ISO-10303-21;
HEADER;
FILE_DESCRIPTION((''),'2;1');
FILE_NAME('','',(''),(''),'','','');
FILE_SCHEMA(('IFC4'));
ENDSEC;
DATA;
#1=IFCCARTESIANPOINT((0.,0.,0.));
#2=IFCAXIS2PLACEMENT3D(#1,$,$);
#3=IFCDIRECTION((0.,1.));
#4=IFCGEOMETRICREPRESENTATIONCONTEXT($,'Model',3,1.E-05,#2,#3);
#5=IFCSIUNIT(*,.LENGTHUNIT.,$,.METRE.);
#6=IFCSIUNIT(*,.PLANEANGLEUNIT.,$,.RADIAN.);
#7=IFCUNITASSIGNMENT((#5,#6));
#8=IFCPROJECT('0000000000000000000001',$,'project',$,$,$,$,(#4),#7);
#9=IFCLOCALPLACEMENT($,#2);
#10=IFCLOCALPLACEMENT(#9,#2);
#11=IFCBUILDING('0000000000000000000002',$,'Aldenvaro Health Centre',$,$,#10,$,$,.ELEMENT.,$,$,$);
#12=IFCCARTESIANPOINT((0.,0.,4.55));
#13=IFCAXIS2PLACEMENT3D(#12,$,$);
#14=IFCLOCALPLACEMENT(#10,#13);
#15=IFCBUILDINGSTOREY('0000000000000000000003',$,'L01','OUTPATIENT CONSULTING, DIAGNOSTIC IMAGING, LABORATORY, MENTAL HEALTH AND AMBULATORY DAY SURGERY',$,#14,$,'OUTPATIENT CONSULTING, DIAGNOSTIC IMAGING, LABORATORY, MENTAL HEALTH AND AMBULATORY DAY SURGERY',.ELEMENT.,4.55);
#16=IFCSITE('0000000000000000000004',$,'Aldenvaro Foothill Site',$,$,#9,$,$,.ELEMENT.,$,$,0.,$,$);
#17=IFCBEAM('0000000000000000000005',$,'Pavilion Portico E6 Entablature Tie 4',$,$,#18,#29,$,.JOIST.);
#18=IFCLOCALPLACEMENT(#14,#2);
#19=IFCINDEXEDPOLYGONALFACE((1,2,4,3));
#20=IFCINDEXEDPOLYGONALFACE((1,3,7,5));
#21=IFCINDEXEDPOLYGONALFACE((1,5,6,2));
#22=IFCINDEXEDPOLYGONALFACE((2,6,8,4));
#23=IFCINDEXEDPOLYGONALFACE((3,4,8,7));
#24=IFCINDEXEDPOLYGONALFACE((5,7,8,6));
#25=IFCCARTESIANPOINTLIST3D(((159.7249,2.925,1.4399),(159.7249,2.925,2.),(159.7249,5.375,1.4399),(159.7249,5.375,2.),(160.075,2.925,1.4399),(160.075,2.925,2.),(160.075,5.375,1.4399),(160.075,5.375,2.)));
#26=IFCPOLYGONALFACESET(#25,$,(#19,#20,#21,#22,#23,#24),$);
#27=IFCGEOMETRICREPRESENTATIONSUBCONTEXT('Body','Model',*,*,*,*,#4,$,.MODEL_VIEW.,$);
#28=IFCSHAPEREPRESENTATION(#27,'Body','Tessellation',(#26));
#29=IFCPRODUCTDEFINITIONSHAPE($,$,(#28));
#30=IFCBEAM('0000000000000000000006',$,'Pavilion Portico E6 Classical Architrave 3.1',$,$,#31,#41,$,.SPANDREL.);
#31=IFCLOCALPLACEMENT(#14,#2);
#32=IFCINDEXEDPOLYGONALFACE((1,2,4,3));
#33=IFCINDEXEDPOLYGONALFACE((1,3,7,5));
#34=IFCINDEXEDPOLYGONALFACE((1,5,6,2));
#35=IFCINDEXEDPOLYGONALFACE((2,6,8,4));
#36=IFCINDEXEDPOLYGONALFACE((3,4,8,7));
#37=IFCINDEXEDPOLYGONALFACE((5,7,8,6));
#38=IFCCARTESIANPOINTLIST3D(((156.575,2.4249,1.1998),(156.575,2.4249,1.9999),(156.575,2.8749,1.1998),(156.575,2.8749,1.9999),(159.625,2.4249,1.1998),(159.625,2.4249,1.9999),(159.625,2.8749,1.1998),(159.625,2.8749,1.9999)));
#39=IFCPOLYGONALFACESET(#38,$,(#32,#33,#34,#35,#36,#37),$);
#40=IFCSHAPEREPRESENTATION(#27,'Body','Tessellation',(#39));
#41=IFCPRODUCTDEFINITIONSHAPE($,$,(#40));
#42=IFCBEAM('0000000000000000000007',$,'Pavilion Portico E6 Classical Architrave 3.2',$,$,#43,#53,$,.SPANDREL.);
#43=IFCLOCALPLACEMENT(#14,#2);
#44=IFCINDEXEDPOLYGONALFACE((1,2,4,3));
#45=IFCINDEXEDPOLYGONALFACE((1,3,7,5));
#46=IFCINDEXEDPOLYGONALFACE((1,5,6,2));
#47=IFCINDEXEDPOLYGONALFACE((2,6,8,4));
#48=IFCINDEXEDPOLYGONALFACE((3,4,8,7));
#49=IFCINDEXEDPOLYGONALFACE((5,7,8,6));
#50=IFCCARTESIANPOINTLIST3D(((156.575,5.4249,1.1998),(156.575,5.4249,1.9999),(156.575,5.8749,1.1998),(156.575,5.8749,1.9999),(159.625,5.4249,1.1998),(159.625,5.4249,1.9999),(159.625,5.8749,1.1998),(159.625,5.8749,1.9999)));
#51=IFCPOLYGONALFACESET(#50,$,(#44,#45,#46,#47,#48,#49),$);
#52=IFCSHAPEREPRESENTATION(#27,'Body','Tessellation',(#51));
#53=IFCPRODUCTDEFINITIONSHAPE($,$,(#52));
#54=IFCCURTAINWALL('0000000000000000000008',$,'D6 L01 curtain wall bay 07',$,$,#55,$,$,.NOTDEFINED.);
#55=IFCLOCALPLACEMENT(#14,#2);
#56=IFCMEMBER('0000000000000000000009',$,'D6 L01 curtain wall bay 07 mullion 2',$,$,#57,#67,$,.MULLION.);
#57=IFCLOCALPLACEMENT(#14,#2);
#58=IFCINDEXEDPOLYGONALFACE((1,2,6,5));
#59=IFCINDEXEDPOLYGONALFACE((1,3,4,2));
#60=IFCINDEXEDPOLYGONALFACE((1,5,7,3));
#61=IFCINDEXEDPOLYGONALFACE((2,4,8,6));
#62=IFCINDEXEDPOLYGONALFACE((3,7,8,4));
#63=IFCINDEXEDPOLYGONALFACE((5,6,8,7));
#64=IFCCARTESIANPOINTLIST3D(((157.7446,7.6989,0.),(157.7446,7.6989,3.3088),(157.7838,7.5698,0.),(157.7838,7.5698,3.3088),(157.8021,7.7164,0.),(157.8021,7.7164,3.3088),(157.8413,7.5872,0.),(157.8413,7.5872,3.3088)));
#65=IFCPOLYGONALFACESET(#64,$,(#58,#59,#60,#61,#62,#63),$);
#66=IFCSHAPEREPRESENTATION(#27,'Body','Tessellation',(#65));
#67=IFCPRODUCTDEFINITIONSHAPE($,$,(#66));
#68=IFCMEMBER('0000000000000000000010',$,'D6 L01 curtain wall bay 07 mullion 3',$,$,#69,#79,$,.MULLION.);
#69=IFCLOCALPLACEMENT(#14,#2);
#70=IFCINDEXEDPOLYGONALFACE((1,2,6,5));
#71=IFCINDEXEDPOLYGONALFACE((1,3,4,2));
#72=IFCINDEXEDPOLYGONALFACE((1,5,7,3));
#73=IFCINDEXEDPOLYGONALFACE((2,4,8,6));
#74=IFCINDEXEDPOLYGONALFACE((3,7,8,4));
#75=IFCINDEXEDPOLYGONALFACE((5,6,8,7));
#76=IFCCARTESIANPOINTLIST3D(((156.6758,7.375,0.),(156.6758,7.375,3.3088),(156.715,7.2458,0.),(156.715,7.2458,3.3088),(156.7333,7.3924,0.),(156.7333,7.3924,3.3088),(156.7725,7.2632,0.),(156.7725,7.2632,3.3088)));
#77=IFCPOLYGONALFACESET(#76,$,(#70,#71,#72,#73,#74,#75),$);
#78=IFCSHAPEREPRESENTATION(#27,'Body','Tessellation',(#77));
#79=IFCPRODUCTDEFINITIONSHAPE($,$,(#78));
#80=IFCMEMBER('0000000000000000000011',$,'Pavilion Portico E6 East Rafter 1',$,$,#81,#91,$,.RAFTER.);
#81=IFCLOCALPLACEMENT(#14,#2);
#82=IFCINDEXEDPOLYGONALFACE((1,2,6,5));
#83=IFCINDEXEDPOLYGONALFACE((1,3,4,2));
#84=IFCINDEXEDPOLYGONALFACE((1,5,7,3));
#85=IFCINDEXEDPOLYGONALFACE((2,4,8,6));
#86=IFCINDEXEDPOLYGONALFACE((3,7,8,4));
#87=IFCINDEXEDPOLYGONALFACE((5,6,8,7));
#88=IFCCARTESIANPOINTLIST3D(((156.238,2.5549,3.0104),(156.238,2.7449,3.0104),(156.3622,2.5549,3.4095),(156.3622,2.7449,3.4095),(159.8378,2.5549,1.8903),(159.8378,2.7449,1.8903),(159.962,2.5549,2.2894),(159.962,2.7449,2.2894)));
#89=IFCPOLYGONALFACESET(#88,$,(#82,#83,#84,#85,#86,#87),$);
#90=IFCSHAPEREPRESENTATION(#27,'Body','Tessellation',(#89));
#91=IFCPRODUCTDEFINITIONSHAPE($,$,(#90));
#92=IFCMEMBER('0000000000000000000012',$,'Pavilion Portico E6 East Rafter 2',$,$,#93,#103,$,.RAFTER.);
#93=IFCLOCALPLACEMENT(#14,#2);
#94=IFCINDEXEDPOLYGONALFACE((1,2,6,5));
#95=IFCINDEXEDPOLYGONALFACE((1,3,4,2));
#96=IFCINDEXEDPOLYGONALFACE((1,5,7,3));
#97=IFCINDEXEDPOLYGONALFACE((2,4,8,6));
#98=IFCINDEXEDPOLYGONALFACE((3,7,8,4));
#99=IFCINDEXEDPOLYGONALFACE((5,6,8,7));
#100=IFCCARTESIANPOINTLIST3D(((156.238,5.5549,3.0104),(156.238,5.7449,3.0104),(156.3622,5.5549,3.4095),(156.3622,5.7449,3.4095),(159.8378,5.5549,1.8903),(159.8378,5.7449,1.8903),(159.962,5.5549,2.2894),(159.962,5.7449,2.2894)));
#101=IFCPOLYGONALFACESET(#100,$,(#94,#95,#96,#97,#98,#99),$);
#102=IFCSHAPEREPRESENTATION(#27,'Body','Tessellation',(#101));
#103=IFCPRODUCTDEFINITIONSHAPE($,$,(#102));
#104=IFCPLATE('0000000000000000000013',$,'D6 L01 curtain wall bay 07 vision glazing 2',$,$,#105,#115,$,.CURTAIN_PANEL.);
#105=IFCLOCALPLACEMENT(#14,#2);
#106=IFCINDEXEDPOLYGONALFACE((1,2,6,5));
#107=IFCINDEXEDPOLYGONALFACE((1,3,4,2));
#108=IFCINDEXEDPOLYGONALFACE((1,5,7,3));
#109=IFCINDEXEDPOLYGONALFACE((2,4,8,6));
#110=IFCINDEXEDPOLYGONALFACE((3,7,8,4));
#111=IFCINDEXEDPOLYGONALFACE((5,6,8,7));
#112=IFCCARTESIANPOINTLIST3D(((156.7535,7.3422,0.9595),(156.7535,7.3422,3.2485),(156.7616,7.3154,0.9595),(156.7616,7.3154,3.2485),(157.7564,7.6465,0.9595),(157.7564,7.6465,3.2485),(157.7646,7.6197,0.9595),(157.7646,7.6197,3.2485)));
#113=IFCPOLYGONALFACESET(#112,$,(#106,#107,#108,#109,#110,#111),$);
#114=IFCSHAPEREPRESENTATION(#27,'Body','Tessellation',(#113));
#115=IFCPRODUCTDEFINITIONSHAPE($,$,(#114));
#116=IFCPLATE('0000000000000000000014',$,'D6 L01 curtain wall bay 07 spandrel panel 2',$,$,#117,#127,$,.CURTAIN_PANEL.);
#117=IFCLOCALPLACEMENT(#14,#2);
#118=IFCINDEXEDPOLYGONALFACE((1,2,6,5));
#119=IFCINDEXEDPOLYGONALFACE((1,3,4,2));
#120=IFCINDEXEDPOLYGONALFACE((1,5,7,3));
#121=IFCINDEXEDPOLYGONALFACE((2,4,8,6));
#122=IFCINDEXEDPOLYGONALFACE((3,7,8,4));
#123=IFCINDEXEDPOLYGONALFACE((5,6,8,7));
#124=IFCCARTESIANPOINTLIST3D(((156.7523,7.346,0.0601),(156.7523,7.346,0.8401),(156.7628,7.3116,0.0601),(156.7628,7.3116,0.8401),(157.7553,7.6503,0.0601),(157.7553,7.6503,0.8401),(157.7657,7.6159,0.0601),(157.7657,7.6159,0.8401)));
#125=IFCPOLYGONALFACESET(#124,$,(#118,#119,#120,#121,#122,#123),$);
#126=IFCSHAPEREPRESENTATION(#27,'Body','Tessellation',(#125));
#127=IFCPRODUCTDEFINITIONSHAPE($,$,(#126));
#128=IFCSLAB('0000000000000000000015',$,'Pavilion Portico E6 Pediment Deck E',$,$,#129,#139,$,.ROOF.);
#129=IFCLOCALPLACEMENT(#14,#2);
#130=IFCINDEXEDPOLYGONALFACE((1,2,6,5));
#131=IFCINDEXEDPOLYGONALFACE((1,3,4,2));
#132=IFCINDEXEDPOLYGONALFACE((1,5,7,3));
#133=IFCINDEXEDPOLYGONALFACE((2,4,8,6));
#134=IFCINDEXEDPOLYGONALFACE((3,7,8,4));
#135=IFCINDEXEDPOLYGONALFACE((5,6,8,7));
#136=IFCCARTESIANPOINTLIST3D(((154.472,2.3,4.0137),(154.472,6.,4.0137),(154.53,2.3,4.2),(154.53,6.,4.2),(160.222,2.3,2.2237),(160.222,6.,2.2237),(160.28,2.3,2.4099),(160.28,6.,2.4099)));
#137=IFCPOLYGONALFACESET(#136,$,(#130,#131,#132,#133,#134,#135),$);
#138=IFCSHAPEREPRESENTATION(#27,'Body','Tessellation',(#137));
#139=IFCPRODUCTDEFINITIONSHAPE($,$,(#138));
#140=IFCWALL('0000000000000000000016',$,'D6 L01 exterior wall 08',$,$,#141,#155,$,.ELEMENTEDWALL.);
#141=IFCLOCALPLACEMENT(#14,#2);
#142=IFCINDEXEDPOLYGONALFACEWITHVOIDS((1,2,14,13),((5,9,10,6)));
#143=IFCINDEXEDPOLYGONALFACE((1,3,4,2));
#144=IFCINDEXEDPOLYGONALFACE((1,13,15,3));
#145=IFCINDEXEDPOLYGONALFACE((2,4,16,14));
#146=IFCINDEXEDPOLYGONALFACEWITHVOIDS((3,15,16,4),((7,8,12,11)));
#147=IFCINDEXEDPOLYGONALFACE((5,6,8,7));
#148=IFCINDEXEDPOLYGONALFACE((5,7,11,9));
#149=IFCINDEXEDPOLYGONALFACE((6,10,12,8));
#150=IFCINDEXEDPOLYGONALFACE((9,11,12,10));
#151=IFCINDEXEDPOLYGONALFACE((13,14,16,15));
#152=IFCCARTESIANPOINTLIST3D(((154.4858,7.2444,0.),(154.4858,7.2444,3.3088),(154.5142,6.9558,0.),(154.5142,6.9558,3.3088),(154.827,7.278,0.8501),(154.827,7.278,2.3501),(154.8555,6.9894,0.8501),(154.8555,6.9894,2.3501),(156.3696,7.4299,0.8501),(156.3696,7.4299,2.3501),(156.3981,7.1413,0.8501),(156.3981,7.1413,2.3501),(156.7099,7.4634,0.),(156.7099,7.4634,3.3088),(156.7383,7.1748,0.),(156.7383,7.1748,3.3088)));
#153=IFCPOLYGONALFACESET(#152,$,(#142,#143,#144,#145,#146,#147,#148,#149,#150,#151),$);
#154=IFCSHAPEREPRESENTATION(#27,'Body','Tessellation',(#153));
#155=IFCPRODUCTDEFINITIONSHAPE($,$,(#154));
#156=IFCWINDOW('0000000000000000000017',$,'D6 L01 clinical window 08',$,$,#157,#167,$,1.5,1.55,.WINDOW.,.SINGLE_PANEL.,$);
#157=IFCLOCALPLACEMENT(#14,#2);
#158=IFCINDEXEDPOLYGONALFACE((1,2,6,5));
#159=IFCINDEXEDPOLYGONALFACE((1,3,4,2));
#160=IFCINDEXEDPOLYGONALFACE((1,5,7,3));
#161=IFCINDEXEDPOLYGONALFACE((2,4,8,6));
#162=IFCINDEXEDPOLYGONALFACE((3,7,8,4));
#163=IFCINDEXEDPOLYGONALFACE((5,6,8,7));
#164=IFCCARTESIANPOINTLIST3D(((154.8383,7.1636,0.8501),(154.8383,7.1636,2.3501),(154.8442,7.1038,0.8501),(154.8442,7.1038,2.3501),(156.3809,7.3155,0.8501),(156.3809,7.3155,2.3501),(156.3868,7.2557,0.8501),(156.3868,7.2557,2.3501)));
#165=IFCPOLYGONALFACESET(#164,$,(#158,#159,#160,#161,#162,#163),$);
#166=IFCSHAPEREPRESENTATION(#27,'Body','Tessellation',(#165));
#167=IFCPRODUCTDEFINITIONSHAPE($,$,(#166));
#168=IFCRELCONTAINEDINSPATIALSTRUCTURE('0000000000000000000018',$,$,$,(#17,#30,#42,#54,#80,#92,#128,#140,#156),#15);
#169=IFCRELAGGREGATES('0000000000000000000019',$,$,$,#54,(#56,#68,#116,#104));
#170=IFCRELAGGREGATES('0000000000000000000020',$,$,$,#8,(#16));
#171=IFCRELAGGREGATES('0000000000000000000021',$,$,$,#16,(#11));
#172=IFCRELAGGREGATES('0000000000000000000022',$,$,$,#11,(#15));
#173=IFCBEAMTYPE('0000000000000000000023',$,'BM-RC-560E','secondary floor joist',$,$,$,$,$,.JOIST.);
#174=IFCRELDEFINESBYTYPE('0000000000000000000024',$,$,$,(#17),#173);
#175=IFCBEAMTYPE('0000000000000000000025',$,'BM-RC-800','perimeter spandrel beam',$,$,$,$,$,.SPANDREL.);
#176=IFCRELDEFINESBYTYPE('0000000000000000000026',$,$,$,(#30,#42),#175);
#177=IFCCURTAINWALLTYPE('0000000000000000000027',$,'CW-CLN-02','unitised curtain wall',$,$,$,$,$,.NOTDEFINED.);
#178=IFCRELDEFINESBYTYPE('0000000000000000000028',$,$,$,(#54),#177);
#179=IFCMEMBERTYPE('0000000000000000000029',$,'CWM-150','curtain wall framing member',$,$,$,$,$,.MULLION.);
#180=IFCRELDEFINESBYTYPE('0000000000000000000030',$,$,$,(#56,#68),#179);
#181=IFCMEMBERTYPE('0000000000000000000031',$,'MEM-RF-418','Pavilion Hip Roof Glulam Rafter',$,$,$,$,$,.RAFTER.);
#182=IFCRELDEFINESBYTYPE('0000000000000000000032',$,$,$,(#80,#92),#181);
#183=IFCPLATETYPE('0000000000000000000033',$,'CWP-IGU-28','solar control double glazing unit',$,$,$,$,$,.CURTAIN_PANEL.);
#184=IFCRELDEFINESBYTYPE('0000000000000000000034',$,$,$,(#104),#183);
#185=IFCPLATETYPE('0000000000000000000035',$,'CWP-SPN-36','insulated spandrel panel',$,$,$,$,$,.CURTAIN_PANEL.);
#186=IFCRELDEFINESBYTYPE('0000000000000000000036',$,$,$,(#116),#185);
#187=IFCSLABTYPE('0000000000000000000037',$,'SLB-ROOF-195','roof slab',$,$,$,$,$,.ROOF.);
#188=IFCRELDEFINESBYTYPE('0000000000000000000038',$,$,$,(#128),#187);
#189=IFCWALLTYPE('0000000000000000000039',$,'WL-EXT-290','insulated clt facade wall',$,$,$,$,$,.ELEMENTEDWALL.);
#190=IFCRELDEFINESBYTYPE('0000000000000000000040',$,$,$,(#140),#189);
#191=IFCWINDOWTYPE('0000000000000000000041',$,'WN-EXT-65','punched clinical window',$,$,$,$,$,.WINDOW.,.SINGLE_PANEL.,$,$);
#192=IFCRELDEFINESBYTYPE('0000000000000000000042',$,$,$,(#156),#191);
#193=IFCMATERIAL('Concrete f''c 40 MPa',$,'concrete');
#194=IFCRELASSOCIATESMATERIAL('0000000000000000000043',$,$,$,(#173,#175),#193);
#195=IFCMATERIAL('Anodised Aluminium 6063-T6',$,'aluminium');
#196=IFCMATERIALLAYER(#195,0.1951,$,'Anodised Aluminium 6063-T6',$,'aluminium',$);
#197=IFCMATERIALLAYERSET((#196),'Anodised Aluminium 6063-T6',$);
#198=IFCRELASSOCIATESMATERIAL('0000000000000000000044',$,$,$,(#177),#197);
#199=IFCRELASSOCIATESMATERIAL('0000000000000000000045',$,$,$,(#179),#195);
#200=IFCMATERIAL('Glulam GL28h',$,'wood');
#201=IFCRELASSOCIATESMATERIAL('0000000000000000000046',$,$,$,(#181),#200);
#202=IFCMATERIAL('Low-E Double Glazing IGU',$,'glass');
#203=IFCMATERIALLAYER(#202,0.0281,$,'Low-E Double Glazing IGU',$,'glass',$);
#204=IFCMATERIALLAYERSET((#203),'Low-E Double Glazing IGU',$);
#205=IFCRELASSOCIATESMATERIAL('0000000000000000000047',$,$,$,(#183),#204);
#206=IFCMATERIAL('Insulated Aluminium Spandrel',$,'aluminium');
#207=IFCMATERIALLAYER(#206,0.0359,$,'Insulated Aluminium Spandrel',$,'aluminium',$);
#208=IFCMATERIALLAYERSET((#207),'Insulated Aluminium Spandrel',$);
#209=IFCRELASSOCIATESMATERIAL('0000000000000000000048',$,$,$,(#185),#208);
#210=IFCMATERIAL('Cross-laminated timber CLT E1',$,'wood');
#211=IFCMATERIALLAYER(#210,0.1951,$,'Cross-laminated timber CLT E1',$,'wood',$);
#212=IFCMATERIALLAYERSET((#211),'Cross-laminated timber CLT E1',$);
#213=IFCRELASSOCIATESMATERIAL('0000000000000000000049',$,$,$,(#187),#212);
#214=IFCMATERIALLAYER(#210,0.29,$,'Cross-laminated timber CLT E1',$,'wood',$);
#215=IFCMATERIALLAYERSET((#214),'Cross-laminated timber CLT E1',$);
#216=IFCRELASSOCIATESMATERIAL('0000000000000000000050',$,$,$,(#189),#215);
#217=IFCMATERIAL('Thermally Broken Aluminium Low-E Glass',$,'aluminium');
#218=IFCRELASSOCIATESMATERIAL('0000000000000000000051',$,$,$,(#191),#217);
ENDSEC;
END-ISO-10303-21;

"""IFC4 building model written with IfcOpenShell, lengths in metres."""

from ifc_helpers import new_model, si_unit, direction, frame, frame_2d, origin, origin_2d, place, context, subcontext, project, spatial, polyline, rectangle, outline, extrude, material, layer, layer_set, material_profile, profile_set, type_object, element, fill, aggregate, save


model = new_model("IFC4")

# Units and contexts
model_context = context("Model", 3, precision=1e-05, world=origin(), true_north=direction((0.0, 1.0)))
body_context = subcontext(model_context, "Body", "Model", "MODEL_VIEW")
ifc_project = project(units=[si_unit("LENGTHUNIT", "METRE"), si_unit("PLANEANGLEUNIT", "RADIAN")], contexts=[model_context])

# Site, building, storey
site_placement = place(None, origin())
site = spatial("IfcSite", under=ifc_project, at=site_placement, Name="Aldenvaro Foothill Site", CompositionType="ELEMENT", RefElevation=0.0)
building_placement = place(site_placement, origin())
building = spatial("IfcBuilding", under=site, at=building_placement, Name="Aldenvaro Health Centre", CompositionType="ELEMENT")
storey_placement = place(building_placement, frame((0.0, 0.0, 4.55)))
storey = spatial("IfcBuildingStorey", under=building, at=storey_placement, Name="L01", Description="OUTPATIENT CONSULTING, DIAGNOSTIC IMAGING, LABORATORY, MENTAL HEALTH AND AMBULATORY DAY SURGERY", LongName="OUTPATIENT CONSULTING, DIAGNOSTIC IMAGING, LABORATORY, MENTAL HEALTH AND AMBULATORY DAY SURGERY", CompositionType="ELEMENT", Elevation=4.55)

# Shared definitions
ifc_material_1 = material(Name="Glulam GL28h", Category="wood")
ifc_material_2 = material(Name="Concrete f'c 40 MPa", Category="concrete")

# Beams
ifc_material_profile_1 = material_profile(ifc_material_2, rectangle(XDim=0.3501, YDim=0.5601, at=origin_2d()), Name="RC 350x560", Category="concrete")
ifc_profile_set_1 = profile_set([ifc_material_profile_1], Name="Concrete f'c 40 MPa")
beam_type_1 = type_object("IfcBeamType", Name="BM-RC-560E", Description="secondary floor joist", PredefinedType="JOIST", material=ifc_profile_set_1)
for number, where, z_axis, x_axis, name in (
    (1, (159.8999, 2.925, 1.72), (0.0, 1.0, 0.0), (-1.0, 0.0, 0.0), "Pavilion Portico E6 Entablature Tie 4"),
):
    element("IfcBeam", number, at=place(storey_placement, frame(where, z_axis=z_axis, x_axis=x_axis)), inside=storey, type_object=beam_type_1, Name=name, PredefinedType="JOIST", context=body_context, shape_type="SweptSolid", body=[
        extrude(rectangle(XDim=0.3501, YDim=0.5601, at=origin_2d()), origin(), (0.0, 0.0, 1.0), 2.45),
    ])
ifc_material_profile_2 = material_profile(ifc_material_2, rectangle(XDim=0.45, YDim=0.8, at=origin_2d()), Name="RC 450x800", Category="concrete")
ifc_profile_set_2 = profile_set([ifc_material_profile_2], Name="Concrete f'c 40 MPa")
beam_type_2 = type_object("IfcBeamType", Name="BM-RC-800", Description="perimeter spandrel beam", PredefinedType="SPANDREL", material=ifc_profile_set_2)
for number, where, z_axis, x_axis, name in (
    (2, (156.575, 2.6499, 1.5999), (1.0, 0.0, 0.0), (0.0, 1.0, 0.0), "Pavilion Portico E6 Classical Architrave 3.1"),
    (3, (156.575, 5.6499, 1.5999), (1.0, 0.0, 0.0), (0.0, 1.0, 0.0), "Pavilion Portico E6 Classical Architrave 3.2"),
):
    element("IfcBeam", number, at=place(storey_placement, frame(where, z_axis=z_axis, x_axis=x_axis)), inside=storey, type_object=beam_type_2, Name=name, PredefinedType="SPANDREL", context=body_context, shape_type="SweptSolid", body=[
        extrude(rectangle(XDim=0.45, YDim=0.8, at=origin_2d()), origin(), (0.0, 0.0, 1.0), 3.05),
    ])

# Curtain wall, members
ifc_material_3 = material(Name="Anodised Aluminium 6063-T6", Category="aluminium")
ifc_layer_1 = layer(ifc_material_3, 0.1951, Name="Anodised Aluminium 6063-T6", Category="aluminium")
ifc_layer_set_1 = layer_set([ifc_layer_1], Name="Anodised Aluminium 6063-T6")
curtain_wall_type = type_object("IfcCurtainWallType", Name="CW-CLN-02", Description="unitised curtain wall", PredefinedType="NOTDEFINED", material=ifc_layer_set_1)
curtain_wall_placement = place(storey_placement, origin())
curtain_wall = element("IfcCurtainWall", 4, at=curtain_wall_placement, inside=storey, type_object=curtain_wall_type, Name="D6 L01 curtain wall bay 07", PredefinedType="NOTDEFINED")
ifc_material_profile_3 = material_profile(ifc_material_3, rectangle(XDim=0.0601, YDim=0.135, at=origin_2d()), Name="ALU 60x135", Category="aluminium")
ifc_profile_set_3 = profile_set([ifc_material_profile_3], Name="Anodised Aluminium 6063-T6")
member_type_1 = type_object("IfcMemberType", Name="CWM-150", Description="curtain wall framing member", PredefinedType="MULLION", material=ifc_profile_set_3)
member_1_placement = place(storey_placement, frame((157.793, 7.6431, 0.0), z_axis=(0.0, 0.0, 1.0), x_axis=(-0.956923, -0.290343, 0.0)))
member_1 = element("IfcMember", 5, at=member_1_placement, type_object=member_type_1, Name="D6 L01 curtain wall bay 07 mullion 2", PredefinedType="MULLION", context=body_context, shape_type="SweptSolid", body=[
    extrude(rectangle(XDim=0.0601, YDim=0.135, at=origin_2d()), origin(), (0.0, 0.0, 1.0), 3.3088),
])
member_2_placement = place(storey_placement, frame((156.7241, 7.3191, 0.0), z_axis=(0.0, 0.0, 1.0), x_axis=(-0.956923, -0.290343, 0.0)))
member_2 = element("IfcMember", 6, at=member_2_placement, type_object=member_type_1, Name="D6 L01 curtain wall bay 07 mullion 3", PredefinedType="MULLION", context=body_context, shape_type="SweptSolid", body=[
    extrude(rectangle(XDim=0.0601, YDim=0.135, at=origin_2d()), origin(), (0.0, 0.0, 1.0), 3.3088),
])

# Members
ifc_material_profile_4 = material_profile(ifc_material_1, rectangle(XDim=0.1899, YDim=0.418, at=origin_2d()), Name="GL 190x418", Category="wood")
ifc_profile_set_4 = profile_set([ifc_material_profile_4], Name="Glulam GL28h")
member_type_2 = type_object("IfcMemberType", Name="MEM-RF-418", Description="Pavilion Hip Roof Glulam Rafter", PredefinedType="RAFTER", material=ifc_profile_set_4)
for number, where, z_axis, x_axis, name in (
    (7, (159.8999, 2.6499, 2.0898), (-0.954845, 0.0, 0.297106), (0.0, -1.0, 0.0), "Pavilion Portico E6 East Rafter 1"),
    (8, (159.8999, 5.6499, 2.0898), (-0.954845, 0.0, 0.297106), (0.0, -1.0, 0.0), "Pavilion Portico E6 East Rafter 2"),
):
    element("IfcMember", number, at=place(storey_placement, frame(where, z_axis=z_axis, x_axis=x_axis)), inside=storey, type_object=member_type_2, Name=name, PredefinedType="RAFTER", context=body_context, shape_type="SweptSolid", body=[
        extrude(rectangle(XDim=0.1899, YDim=0.418, at=origin_2d()), origin(), (0.0, 0.0, 1.0), 3.77),
    ])

# Plates
ifc_material_4 = material(Name="Low-E Double Glazing IGU", Category="glass")
ifc_layer_2 = layer(ifc_material_4, 0.0281, Name="Low-E Double Glazing IGU", Category="glass")
ifc_layer_set_2 = layer_set([ifc_layer_2], Name="Low-E Double Glazing IGU")
plate_type_1 = type_object("IfcPlateType", Name="CWP-IGU-28", Description="solar control double glazing unit", PredefinedType="CURTAIN_PANEL", material=ifc_layer_set_2)
plate_1_placement = place(storey_placement, frame((157.259, 7.481, 0.9595), z_axis=(0.0, 0.0, 1.0), x_axis=(-0.956923, -0.290343, 0.0)))
plate_1 = element("IfcPlate", 9, at=plate_1_placement, type_object=plate_type_1, Name="D6 L01 curtain wall bay 07 vision glazing 2", PredefinedType="CURTAIN_PANEL", context=body_context, shape_type="SweptSolid", body=[
    extrude(rectangle(XDim=1.0481, YDim=0.0281, at=origin_2d()), origin(), (0.0, 0.0, 1.0), 2.2891),
])
ifc_material_5 = material(Name="Insulated Aluminium Spandrel", Category="aluminium")
ifc_layer_3 = layer(ifc_material_5, 0.0359, Name="Insulated Aluminium Spandrel", Category="aluminium")
ifc_layer_set_3 = layer_set([ifc_layer_3], Name="Insulated Aluminium Spandrel")
plate_type_2 = type_object("IfcPlateType", Name="CWP-SPN-36", Description="insulated spandrel panel", PredefinedType="CURTAIN_PANEL", material=ifc_layer_set_3)
plate_2_placement = place(storey_placement, frame((157.259, 7.481, 0.0601), z_axis=(0.0, 0.0, 1.0), x_axis=(-0.956923, -0.290343, 0.0)))
plate_2 = element("IfcPlate", 10, at=plate_2_placement, type_object=plate_type_2, Name="D6 L01 curtain wall bay 07 spandrel panel 2", PredefinedType="CURTAIN_PANEL", context=body_context, shape_type="SweptSolid", body=[
    extrude(rectangle(XDim=1.0481, YDim=0.0359, at=origin_2d()), origin(), (0.0, 0.0, 1.0), 0.78),
])
aggregate(curtain_wall, [member_1, member_2, plate_2, plate_1])

# Slab
ifc_material_6 = material(Name="Cross-laminated timber CLT E1", Category="wood")
ifc_layer_4 = layer(ifc_material_6, 0.1951, Name="Cross-laminated timber CLT E1", Category="wood")
ifc_layer_set_4 = layer_set([ifc_layer_4], Name="Cross-laminated timber CLT E1")
slab_type = type_object("IfcSlabType", Name="SLB-ROOF-195", Description="roof slab", PredefinedType="ROOF", material=ifc_layer_set_4)
slab_placement = place(storey_placement, frame((154.53, 2.3, 4.2), z_axis=(0.297241, 0.0, 0.954803), x_axis=(0.954803, 0.0, -0.297241)))
element("IfcSlab", 11, at=slab_placement, inside=storey, type_object=slab_type, Name="Pavilion Portico E6 Pediment Deck E", PredefinedType="ROOF", context=body_context, shape_type="SweptSolid", body=[
    extrude(outline(polyline([(0.0, 0.0), (6.0222, 0.0), (6.0222, 3.7), (0.0, 3.7), (0.0, 0.0)])), origin(), (0.0, 0.0, -1.0), 0.1951),
])

# Wall, opening, window
ifc_layer_5 = layer(ifc_material_6, 0.29, Name="Cross-laminated timber CLT E1", Category="wood")
ifc_layer_set_5 = layer_set([ifc_layer_5], Name="Cross-laminated timber CLT E1")
wall_type = type_object("IfcWallType", Name="WL-EXT-290", Description="insulated clt facade wall", PredefinedType="ELEMENTEDWALL", material=ifc_layer_set_5)
wall_placement = place(storey_placement, frame((156.7241, 7.3191, 0.0), z_axis=(0.0, 0.0, 1.0), x_axis=(-0.995187, -0.097989, 0.0)))
wall = element("IfcWall", 12, at=wall_placement, inside=storey, type_object=wall_type, Name="D6 L01 exterior wall 08", PredefinedType="ELEMENTEDWALL", context=body_context, shape_type="SweptSolid", body=[
    extrude(rectangle(XDim=2.2349, YDim=0.29, at=frame_2d((1.1174, 0.0))), origin(), (0.0, 0.0, 1.0), 3.3088),
])
opening_placement = place(wall_placement, frame((0.342, 0.0, 0.8501)))
opening = element("IfcOpeningElement", 13, at=opening_placement, cuts=wall, PredefinedType="OPENING", context=body_context, shape_type="SweptSolid", body=[
    extrude(rectangle(XDim=1.55, YDim=1.5, at=frame_2d((0.7749, 0.75))), frame((0.0, 0.155, 0.0), z_axis=(0.0, -1.0, 0.0), x_axis=(1.0, 0.0, 0.0)), (0.0, 0.0, 1.0), 0.3101),
])
ifc_material_7 = material(Name="Thermally Broken Aluminium Low-E Glass", Category="aluminium")
window_type = type_object("IfcWindowType", Name="WN-EXT-65", Description="punched clinical window", PartitioningType="SINGLE_PANEL", PredefinedType="WINDOW", material=ifc_material_7)
window_placement = place(opening_placement, origin())
window = element("IfcWindow", 14, at=window_placement, inside=storey, type_object=window_type, Name="D6 L01 clinical window 08", OverallHeight=1.5, OverallWidth=1.55, PartitioningType="SINGLE_PANEL", PredefinedType="WINDOW", context=body_context, shape_type="SweptSolid", body=[
    extrude(rectangle(XDim=1.55, YDim=1.5, at=frame_2d((0.7749, 0.75))), frame((0.0, 0.03, 0.0), z_axis=(0.0, -1.0, 0.0), x_axis=(1.0, 0.0, 0.0)), (0.0, 0.0, 1.0), 0.0601),
])
fill(opening, window)

save(model, "model.ifc")
